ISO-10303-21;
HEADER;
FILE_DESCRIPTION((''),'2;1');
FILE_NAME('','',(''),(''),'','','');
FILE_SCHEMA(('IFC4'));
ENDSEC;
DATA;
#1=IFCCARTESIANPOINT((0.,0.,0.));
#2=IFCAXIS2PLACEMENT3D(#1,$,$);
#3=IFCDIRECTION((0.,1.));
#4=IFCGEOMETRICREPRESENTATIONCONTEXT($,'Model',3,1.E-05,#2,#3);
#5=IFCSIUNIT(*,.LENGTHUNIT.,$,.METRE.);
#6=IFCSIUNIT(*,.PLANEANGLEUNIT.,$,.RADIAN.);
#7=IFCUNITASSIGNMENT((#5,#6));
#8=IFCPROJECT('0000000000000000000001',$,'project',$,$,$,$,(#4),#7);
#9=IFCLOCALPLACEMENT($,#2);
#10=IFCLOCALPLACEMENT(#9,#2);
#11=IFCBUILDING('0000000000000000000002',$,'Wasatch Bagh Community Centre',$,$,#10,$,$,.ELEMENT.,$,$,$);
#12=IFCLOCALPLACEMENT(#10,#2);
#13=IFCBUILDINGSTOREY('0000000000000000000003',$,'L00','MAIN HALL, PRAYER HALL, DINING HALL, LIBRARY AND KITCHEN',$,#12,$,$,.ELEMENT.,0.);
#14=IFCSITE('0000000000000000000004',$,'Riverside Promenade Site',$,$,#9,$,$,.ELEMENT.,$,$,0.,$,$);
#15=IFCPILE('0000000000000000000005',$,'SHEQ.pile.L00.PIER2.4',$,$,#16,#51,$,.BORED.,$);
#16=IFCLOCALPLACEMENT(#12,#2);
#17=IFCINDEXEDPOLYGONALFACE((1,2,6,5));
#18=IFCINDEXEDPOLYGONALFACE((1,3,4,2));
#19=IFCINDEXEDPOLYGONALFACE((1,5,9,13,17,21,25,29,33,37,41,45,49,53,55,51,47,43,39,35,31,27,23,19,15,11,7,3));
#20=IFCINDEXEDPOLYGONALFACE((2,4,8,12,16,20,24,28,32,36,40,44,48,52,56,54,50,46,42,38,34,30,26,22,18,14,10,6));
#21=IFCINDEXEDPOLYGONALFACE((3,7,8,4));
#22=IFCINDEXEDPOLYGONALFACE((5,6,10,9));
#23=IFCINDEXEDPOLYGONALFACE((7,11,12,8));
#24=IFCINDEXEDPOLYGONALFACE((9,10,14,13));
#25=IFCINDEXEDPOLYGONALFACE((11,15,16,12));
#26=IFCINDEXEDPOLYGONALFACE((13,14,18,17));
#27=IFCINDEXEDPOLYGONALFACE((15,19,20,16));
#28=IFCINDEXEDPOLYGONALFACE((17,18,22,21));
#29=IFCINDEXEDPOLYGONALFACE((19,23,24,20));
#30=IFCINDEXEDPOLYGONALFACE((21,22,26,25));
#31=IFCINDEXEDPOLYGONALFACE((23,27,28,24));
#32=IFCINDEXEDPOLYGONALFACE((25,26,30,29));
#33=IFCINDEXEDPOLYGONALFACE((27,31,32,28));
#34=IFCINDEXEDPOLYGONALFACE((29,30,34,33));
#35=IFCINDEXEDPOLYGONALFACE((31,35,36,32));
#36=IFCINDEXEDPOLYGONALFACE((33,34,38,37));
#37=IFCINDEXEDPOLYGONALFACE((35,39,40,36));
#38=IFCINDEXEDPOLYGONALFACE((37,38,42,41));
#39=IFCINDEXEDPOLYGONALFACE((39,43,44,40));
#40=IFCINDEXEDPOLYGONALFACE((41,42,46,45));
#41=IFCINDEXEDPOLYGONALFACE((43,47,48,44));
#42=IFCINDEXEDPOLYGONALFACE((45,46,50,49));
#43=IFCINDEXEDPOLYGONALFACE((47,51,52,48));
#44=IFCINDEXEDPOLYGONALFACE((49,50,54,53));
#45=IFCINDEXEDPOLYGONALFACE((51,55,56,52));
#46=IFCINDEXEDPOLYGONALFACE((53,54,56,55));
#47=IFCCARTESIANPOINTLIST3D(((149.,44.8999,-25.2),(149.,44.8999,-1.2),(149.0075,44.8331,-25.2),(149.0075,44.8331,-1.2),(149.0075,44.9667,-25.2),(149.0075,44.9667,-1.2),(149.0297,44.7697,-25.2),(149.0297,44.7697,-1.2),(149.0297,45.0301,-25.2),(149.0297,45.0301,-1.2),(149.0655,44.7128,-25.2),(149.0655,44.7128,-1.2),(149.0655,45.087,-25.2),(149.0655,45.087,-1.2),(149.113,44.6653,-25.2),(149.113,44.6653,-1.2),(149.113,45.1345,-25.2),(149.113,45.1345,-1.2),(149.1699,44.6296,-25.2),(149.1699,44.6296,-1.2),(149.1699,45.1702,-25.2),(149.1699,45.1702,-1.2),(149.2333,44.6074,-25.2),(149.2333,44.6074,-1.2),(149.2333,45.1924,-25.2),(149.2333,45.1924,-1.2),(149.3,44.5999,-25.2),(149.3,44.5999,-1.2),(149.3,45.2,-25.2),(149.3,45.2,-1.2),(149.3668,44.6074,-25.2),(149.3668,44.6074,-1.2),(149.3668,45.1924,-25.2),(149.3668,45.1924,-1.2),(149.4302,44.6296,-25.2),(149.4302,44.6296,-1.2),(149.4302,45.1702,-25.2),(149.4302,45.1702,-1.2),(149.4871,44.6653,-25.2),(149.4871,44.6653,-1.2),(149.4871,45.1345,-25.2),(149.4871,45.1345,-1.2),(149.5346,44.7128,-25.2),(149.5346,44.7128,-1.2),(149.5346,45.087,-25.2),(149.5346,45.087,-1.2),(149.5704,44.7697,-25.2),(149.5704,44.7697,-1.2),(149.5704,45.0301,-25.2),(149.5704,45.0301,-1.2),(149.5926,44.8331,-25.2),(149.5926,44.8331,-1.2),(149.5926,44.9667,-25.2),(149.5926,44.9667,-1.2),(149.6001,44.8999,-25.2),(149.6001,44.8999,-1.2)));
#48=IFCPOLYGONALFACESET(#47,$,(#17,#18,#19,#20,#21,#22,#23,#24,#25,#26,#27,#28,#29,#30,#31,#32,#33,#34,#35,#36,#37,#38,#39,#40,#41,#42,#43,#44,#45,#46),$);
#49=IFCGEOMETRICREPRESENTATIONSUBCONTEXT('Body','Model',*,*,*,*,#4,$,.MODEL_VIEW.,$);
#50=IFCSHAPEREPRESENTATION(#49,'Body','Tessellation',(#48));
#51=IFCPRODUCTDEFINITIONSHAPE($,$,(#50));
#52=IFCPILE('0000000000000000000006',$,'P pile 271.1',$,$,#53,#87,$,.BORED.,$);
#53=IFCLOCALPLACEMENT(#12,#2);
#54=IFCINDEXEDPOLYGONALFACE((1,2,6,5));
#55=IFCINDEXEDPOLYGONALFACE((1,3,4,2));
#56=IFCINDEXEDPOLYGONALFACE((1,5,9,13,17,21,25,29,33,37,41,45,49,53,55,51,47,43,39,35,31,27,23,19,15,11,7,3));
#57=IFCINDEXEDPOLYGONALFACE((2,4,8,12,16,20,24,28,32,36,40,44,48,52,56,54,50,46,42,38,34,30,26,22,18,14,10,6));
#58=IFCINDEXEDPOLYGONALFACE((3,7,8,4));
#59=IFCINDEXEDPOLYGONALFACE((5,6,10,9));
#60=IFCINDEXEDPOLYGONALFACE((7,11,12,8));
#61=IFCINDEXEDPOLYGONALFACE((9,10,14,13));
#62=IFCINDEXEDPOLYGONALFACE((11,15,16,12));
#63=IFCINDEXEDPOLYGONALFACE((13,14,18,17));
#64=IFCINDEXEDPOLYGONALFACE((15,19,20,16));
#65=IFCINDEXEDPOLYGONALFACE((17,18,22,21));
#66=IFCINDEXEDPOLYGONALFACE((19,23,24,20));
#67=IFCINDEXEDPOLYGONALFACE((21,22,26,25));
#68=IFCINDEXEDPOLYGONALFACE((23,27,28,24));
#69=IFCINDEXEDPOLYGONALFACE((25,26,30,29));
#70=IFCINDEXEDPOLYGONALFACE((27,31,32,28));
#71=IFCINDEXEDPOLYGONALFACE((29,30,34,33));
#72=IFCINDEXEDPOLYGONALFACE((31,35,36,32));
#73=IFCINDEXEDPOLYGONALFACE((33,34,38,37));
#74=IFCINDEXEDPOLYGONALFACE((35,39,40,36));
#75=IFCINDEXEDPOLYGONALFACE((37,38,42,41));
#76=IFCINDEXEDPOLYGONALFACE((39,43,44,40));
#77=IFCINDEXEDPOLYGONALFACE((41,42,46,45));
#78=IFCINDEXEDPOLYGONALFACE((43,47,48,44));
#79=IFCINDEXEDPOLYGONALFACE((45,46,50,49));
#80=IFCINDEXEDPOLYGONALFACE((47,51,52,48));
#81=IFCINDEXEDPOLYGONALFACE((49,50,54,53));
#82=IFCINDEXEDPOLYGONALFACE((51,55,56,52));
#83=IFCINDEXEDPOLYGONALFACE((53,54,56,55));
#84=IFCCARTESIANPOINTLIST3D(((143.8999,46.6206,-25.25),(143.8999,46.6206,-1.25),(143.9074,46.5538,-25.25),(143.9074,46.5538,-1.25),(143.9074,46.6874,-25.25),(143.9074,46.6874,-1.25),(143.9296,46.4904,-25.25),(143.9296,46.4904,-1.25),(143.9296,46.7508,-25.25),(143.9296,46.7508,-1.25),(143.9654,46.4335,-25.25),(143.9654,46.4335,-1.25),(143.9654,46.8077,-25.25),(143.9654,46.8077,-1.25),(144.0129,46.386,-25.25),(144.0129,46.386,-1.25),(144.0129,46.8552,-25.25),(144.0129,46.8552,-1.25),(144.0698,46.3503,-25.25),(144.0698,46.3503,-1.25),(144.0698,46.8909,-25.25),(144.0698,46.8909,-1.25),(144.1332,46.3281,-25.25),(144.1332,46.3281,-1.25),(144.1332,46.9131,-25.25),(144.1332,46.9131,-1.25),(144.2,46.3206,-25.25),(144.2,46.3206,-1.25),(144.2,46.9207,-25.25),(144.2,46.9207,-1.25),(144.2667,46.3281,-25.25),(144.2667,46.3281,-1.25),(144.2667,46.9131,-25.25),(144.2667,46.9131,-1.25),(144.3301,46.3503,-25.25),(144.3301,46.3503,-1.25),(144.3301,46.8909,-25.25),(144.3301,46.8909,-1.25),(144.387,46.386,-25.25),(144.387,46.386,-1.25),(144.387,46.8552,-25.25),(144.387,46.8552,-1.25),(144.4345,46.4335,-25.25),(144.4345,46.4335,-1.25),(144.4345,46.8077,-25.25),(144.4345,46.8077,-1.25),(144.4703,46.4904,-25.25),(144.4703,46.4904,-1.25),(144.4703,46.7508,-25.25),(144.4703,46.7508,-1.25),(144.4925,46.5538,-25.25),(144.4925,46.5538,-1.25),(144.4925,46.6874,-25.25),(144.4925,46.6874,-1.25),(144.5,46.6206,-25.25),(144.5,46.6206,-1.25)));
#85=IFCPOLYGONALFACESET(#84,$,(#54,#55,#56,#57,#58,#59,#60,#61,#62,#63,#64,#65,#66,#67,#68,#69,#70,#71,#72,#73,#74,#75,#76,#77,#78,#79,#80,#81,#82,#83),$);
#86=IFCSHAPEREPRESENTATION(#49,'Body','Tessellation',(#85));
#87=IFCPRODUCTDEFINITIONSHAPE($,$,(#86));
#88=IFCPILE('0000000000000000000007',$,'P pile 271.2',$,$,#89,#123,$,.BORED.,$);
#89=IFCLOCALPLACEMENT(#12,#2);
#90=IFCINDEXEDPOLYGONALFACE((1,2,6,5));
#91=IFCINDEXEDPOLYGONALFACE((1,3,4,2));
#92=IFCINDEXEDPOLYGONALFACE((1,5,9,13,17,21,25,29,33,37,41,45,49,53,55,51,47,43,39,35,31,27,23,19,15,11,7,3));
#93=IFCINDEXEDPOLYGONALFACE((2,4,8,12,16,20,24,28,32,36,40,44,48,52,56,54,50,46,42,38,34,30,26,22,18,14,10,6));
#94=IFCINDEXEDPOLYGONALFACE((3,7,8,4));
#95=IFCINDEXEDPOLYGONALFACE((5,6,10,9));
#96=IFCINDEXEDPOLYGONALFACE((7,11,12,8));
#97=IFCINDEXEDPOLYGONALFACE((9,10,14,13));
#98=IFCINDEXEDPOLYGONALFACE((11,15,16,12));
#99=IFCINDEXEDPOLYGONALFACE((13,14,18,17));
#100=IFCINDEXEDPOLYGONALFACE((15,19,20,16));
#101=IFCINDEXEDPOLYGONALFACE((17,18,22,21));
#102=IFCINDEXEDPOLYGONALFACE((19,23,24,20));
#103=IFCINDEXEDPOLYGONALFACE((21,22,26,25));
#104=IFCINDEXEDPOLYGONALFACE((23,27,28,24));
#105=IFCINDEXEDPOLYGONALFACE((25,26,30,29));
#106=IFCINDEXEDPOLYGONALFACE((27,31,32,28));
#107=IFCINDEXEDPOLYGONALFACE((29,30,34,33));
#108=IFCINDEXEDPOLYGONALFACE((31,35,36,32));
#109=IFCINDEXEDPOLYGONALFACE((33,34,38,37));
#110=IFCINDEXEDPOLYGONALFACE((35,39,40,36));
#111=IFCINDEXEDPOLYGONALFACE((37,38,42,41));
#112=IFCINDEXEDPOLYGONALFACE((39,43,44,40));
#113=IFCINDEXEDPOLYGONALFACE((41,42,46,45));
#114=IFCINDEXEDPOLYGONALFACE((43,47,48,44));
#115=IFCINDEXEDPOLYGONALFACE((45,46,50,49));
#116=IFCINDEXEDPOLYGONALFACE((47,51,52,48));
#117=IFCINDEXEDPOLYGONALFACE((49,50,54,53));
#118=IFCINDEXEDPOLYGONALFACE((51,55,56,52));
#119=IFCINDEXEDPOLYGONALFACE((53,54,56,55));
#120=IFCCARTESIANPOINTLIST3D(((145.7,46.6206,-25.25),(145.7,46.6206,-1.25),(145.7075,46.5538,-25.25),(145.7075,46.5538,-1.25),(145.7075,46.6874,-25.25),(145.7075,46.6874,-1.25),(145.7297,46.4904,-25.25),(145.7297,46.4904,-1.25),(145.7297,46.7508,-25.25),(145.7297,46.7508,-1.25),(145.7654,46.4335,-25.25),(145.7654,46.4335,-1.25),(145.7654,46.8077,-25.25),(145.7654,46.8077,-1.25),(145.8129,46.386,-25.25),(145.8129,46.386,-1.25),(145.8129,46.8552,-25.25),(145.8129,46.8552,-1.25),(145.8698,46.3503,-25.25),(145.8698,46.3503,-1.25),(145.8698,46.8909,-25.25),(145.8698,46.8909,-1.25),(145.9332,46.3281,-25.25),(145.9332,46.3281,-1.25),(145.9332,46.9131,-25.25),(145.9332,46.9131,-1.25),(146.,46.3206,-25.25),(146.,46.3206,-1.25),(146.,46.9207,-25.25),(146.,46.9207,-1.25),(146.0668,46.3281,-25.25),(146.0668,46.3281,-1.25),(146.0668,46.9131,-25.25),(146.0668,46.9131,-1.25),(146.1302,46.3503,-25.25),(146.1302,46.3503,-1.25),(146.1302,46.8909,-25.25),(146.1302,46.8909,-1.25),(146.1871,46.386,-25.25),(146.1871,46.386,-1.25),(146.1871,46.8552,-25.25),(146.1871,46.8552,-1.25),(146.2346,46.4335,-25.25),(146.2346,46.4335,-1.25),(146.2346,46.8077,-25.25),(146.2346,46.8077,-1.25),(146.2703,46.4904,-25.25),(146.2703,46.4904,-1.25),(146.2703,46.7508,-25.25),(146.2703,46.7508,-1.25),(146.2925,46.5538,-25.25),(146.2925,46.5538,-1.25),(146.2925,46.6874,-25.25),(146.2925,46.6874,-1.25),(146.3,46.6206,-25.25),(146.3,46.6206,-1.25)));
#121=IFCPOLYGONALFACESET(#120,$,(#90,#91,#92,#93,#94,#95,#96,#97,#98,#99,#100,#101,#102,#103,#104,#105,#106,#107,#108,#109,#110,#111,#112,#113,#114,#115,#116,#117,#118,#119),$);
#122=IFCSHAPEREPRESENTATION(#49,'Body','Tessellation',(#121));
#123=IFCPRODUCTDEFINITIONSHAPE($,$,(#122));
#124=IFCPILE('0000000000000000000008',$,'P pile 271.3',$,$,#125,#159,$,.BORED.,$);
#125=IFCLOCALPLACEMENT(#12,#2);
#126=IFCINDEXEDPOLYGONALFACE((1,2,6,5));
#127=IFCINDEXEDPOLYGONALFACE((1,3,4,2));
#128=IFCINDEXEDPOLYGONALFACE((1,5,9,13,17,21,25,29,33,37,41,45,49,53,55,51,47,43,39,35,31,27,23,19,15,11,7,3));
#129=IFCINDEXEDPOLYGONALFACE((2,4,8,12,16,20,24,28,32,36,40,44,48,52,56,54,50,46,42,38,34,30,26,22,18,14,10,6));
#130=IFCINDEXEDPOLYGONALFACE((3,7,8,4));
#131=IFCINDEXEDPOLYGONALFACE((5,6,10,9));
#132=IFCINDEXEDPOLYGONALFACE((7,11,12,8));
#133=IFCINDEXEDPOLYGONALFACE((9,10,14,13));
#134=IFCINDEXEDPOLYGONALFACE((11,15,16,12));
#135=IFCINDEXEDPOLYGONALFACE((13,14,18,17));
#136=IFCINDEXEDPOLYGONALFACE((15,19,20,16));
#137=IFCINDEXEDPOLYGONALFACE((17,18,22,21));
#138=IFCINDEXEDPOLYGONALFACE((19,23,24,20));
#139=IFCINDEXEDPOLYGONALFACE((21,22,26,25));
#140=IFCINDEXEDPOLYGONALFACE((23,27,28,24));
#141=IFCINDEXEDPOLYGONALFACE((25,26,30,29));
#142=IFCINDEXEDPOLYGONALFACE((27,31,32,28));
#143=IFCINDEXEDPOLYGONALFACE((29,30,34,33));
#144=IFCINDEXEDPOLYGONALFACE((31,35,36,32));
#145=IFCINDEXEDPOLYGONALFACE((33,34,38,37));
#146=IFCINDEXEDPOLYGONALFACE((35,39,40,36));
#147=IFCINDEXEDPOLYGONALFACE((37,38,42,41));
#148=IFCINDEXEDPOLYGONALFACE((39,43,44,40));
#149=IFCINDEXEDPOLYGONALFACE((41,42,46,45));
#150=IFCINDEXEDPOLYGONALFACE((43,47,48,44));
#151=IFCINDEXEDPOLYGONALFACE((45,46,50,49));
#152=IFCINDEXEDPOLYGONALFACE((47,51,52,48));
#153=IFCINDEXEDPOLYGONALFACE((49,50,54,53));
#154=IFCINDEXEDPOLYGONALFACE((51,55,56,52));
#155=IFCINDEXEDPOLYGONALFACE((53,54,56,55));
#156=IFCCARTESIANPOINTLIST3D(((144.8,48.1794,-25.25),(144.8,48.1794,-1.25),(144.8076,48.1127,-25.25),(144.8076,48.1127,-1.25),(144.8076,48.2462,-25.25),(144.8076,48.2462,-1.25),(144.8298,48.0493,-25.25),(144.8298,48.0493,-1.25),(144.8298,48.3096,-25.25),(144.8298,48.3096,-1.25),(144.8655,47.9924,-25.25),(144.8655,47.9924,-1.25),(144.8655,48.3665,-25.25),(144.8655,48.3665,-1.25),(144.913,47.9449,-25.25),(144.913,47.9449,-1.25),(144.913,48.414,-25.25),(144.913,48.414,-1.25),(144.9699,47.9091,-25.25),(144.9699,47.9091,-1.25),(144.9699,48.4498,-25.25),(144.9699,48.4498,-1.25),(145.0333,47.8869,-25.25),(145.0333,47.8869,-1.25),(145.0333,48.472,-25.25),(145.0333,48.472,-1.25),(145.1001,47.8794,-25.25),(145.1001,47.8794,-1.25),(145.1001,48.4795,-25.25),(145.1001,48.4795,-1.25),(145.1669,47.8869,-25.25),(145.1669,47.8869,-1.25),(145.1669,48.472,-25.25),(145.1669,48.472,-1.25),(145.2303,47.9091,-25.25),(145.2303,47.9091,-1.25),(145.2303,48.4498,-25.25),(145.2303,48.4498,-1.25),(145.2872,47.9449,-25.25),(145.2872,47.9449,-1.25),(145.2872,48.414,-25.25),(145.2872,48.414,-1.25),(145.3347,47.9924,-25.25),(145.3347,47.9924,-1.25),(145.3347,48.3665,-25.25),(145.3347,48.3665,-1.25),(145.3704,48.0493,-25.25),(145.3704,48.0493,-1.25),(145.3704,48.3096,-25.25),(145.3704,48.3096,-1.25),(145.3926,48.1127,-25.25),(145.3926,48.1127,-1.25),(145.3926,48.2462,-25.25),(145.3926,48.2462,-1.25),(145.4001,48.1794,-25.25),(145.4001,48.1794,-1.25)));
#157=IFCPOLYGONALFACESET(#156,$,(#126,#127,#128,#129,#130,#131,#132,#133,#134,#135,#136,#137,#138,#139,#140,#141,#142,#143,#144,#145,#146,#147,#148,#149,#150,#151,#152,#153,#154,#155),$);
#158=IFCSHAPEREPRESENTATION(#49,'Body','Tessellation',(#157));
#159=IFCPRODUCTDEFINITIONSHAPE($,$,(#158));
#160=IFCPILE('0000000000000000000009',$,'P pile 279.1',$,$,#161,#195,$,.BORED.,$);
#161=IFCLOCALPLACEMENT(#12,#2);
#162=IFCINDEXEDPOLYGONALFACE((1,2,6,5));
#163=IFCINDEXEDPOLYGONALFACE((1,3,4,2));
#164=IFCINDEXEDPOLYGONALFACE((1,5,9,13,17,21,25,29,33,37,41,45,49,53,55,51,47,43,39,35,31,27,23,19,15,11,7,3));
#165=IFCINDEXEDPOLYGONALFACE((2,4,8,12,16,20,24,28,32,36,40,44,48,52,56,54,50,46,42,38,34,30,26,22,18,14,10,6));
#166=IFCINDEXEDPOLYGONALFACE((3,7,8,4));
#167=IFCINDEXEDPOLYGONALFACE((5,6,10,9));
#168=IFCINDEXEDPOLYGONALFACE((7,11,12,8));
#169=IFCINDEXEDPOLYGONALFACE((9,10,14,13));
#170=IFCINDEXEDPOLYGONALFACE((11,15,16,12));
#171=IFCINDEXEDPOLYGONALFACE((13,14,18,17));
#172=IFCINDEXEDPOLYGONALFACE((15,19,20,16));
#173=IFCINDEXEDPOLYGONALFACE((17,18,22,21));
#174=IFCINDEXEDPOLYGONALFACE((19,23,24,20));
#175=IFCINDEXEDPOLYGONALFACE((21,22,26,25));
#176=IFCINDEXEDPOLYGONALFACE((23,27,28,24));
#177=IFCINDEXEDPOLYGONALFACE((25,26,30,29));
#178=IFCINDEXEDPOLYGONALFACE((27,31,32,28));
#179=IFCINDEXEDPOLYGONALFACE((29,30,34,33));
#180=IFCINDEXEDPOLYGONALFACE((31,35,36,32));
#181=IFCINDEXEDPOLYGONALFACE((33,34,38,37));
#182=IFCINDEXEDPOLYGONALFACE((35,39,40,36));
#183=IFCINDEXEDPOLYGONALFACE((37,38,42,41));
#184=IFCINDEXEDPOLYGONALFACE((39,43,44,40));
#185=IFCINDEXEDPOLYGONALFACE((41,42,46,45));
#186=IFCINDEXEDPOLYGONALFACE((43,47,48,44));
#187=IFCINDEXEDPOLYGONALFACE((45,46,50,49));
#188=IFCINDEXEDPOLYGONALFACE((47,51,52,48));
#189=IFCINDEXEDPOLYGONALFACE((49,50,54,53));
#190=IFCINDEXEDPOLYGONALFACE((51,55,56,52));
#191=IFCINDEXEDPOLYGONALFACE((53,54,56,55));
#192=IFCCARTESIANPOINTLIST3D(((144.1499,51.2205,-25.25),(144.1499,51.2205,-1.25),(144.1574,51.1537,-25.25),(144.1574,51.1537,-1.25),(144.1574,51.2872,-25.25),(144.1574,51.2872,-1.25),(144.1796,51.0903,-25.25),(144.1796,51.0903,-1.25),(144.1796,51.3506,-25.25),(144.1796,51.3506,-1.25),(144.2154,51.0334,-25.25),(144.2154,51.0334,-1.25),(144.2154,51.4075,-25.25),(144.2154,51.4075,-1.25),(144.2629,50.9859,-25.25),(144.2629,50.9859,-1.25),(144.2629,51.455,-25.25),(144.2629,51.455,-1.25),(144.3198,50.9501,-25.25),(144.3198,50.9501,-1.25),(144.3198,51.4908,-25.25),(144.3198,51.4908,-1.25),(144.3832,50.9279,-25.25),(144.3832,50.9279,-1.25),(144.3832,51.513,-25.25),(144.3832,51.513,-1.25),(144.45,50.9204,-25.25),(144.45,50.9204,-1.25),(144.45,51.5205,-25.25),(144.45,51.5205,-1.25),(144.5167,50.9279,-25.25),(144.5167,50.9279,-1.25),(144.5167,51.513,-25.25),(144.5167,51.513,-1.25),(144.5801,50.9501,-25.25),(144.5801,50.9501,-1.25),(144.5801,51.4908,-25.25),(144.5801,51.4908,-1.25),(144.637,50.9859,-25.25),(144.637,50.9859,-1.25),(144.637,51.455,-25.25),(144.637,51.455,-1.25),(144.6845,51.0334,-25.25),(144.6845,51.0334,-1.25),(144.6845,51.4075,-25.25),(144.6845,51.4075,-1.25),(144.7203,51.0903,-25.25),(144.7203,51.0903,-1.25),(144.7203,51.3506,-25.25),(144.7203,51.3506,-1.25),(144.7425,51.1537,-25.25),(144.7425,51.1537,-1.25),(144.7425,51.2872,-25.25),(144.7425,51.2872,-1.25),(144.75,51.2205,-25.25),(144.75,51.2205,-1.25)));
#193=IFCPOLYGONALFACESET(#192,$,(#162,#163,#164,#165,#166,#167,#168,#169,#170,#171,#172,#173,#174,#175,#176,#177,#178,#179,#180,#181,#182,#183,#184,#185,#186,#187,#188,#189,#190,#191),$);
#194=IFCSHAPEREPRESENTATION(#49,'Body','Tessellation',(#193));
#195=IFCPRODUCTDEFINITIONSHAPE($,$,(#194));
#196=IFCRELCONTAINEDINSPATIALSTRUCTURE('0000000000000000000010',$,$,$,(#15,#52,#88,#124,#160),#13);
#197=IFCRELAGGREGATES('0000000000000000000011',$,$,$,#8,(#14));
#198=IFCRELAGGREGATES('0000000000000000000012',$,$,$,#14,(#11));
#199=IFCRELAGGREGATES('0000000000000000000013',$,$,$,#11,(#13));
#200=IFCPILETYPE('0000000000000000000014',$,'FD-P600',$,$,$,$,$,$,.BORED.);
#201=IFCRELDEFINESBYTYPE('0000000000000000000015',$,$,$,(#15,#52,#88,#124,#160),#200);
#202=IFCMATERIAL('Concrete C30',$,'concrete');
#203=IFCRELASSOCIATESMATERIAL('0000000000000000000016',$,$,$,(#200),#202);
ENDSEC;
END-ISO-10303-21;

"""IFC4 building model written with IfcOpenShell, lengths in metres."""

from ifc_helpers import new_model, si_unit, direction, frame, origin, origin_2d, place, context, subcontext, project, spatial, circle, extrude, material, material_profile, profile_set, type_object, element, save


model = new_model("IFC4")

# Units and contexts
model_context = context("Model", 3, precision=1e-05, world=origin(), true_north=direction((0.0, 1.0)))
body_context = subcontext(model_context, "Body", "Model", "MODEL_VIEW")
ifc_project = project(units=[si_unit("LENGTHUNIT", "METRE"), si_unit("PLANEANGLEUNIT", "RADIAN")], contexts=[model_context])

# Site, building, storey
site_placement = place(None, origin())
site = spatial("IfcSite", under=ifc_project, at=site_placement, Name="Riverside Promenade Site", CompositionType="ELEMENT", RefElevation=0.0)
building_placement = place(site_placement, origin())
building = spatial("IfcBuilding", under=site, at=building_placement, Name="Wasatch Bagh Community Centre", CompositionType="ELEMENT")
storey_placement = place(building_placement, origin())
storey = spatial("IfcBuildingStorey", under=building, at=storey_placement, Name="L00", Description="MAIN HALL, PRAYER HALL, DINING HALL, LIBRARY AND KITCHEN", CompositionType="ELEMENT", Elevation=0.0)

# Piles
ifc_material_1 = material(Name="Concrete C30", Category="concrete")
ifc_material_profile_1 = material_profile(ifc_material_1, circle(Radius=0.3, at=origin_2d()), Name="RC D600")
ifc_profile_set_1 = profile_set([ifc_material_profile_1], Name="Concrete C30")
pile_type = type_object("IfcPileType", Name="FD-P600", PredefinedType="BORED", material=ifc_profile_set_1)
for number, where, z_axis, x_axis, name in (
    (1, (149.3, 44.8999, -1.2), (0.0, 0.0, -1.0), (1.0, 0.0, 0.0), "SHEQ.pile.L00.PIER2.4"),
    (2, (144.2, 46.6206, -1.25), (0.0, 0.0, -1.0), (1.0, 0.0, 0.0), "P pile 271.1"),
    (3, (146.0, 46.6206, -1.25), (0.0, 0.0, -1.0), (1.0, 0.0, 0.0), "P pile 271.2"),
    (4, (145.1001, 48.1794, -1.25), (0.0, 0.0, -1.0), (1.0, 0.0, 0.0), "P pile 271.3"),
    (5, (144.45, 51.2205, -1.25), (0.0, 0.0, -1.0), (1.0, 0.0, 0.0), "P pile 279.1"),
):
    element("IfcPile", number, at=place(storey_placement, frame(where, z_axis=z_axis, x_axis=x_axis)), inside=storey, type_object=pile_type, Name=name, PredefinedType="BORED", context=body_context, shape_type="SweptSolid", body=[
        extrude(circle(Radius=0.3, at=origin_2d()), origin(), (0.0, 0.0, 1.0), 24.0),
    ])

save(model, "model.ifc")
